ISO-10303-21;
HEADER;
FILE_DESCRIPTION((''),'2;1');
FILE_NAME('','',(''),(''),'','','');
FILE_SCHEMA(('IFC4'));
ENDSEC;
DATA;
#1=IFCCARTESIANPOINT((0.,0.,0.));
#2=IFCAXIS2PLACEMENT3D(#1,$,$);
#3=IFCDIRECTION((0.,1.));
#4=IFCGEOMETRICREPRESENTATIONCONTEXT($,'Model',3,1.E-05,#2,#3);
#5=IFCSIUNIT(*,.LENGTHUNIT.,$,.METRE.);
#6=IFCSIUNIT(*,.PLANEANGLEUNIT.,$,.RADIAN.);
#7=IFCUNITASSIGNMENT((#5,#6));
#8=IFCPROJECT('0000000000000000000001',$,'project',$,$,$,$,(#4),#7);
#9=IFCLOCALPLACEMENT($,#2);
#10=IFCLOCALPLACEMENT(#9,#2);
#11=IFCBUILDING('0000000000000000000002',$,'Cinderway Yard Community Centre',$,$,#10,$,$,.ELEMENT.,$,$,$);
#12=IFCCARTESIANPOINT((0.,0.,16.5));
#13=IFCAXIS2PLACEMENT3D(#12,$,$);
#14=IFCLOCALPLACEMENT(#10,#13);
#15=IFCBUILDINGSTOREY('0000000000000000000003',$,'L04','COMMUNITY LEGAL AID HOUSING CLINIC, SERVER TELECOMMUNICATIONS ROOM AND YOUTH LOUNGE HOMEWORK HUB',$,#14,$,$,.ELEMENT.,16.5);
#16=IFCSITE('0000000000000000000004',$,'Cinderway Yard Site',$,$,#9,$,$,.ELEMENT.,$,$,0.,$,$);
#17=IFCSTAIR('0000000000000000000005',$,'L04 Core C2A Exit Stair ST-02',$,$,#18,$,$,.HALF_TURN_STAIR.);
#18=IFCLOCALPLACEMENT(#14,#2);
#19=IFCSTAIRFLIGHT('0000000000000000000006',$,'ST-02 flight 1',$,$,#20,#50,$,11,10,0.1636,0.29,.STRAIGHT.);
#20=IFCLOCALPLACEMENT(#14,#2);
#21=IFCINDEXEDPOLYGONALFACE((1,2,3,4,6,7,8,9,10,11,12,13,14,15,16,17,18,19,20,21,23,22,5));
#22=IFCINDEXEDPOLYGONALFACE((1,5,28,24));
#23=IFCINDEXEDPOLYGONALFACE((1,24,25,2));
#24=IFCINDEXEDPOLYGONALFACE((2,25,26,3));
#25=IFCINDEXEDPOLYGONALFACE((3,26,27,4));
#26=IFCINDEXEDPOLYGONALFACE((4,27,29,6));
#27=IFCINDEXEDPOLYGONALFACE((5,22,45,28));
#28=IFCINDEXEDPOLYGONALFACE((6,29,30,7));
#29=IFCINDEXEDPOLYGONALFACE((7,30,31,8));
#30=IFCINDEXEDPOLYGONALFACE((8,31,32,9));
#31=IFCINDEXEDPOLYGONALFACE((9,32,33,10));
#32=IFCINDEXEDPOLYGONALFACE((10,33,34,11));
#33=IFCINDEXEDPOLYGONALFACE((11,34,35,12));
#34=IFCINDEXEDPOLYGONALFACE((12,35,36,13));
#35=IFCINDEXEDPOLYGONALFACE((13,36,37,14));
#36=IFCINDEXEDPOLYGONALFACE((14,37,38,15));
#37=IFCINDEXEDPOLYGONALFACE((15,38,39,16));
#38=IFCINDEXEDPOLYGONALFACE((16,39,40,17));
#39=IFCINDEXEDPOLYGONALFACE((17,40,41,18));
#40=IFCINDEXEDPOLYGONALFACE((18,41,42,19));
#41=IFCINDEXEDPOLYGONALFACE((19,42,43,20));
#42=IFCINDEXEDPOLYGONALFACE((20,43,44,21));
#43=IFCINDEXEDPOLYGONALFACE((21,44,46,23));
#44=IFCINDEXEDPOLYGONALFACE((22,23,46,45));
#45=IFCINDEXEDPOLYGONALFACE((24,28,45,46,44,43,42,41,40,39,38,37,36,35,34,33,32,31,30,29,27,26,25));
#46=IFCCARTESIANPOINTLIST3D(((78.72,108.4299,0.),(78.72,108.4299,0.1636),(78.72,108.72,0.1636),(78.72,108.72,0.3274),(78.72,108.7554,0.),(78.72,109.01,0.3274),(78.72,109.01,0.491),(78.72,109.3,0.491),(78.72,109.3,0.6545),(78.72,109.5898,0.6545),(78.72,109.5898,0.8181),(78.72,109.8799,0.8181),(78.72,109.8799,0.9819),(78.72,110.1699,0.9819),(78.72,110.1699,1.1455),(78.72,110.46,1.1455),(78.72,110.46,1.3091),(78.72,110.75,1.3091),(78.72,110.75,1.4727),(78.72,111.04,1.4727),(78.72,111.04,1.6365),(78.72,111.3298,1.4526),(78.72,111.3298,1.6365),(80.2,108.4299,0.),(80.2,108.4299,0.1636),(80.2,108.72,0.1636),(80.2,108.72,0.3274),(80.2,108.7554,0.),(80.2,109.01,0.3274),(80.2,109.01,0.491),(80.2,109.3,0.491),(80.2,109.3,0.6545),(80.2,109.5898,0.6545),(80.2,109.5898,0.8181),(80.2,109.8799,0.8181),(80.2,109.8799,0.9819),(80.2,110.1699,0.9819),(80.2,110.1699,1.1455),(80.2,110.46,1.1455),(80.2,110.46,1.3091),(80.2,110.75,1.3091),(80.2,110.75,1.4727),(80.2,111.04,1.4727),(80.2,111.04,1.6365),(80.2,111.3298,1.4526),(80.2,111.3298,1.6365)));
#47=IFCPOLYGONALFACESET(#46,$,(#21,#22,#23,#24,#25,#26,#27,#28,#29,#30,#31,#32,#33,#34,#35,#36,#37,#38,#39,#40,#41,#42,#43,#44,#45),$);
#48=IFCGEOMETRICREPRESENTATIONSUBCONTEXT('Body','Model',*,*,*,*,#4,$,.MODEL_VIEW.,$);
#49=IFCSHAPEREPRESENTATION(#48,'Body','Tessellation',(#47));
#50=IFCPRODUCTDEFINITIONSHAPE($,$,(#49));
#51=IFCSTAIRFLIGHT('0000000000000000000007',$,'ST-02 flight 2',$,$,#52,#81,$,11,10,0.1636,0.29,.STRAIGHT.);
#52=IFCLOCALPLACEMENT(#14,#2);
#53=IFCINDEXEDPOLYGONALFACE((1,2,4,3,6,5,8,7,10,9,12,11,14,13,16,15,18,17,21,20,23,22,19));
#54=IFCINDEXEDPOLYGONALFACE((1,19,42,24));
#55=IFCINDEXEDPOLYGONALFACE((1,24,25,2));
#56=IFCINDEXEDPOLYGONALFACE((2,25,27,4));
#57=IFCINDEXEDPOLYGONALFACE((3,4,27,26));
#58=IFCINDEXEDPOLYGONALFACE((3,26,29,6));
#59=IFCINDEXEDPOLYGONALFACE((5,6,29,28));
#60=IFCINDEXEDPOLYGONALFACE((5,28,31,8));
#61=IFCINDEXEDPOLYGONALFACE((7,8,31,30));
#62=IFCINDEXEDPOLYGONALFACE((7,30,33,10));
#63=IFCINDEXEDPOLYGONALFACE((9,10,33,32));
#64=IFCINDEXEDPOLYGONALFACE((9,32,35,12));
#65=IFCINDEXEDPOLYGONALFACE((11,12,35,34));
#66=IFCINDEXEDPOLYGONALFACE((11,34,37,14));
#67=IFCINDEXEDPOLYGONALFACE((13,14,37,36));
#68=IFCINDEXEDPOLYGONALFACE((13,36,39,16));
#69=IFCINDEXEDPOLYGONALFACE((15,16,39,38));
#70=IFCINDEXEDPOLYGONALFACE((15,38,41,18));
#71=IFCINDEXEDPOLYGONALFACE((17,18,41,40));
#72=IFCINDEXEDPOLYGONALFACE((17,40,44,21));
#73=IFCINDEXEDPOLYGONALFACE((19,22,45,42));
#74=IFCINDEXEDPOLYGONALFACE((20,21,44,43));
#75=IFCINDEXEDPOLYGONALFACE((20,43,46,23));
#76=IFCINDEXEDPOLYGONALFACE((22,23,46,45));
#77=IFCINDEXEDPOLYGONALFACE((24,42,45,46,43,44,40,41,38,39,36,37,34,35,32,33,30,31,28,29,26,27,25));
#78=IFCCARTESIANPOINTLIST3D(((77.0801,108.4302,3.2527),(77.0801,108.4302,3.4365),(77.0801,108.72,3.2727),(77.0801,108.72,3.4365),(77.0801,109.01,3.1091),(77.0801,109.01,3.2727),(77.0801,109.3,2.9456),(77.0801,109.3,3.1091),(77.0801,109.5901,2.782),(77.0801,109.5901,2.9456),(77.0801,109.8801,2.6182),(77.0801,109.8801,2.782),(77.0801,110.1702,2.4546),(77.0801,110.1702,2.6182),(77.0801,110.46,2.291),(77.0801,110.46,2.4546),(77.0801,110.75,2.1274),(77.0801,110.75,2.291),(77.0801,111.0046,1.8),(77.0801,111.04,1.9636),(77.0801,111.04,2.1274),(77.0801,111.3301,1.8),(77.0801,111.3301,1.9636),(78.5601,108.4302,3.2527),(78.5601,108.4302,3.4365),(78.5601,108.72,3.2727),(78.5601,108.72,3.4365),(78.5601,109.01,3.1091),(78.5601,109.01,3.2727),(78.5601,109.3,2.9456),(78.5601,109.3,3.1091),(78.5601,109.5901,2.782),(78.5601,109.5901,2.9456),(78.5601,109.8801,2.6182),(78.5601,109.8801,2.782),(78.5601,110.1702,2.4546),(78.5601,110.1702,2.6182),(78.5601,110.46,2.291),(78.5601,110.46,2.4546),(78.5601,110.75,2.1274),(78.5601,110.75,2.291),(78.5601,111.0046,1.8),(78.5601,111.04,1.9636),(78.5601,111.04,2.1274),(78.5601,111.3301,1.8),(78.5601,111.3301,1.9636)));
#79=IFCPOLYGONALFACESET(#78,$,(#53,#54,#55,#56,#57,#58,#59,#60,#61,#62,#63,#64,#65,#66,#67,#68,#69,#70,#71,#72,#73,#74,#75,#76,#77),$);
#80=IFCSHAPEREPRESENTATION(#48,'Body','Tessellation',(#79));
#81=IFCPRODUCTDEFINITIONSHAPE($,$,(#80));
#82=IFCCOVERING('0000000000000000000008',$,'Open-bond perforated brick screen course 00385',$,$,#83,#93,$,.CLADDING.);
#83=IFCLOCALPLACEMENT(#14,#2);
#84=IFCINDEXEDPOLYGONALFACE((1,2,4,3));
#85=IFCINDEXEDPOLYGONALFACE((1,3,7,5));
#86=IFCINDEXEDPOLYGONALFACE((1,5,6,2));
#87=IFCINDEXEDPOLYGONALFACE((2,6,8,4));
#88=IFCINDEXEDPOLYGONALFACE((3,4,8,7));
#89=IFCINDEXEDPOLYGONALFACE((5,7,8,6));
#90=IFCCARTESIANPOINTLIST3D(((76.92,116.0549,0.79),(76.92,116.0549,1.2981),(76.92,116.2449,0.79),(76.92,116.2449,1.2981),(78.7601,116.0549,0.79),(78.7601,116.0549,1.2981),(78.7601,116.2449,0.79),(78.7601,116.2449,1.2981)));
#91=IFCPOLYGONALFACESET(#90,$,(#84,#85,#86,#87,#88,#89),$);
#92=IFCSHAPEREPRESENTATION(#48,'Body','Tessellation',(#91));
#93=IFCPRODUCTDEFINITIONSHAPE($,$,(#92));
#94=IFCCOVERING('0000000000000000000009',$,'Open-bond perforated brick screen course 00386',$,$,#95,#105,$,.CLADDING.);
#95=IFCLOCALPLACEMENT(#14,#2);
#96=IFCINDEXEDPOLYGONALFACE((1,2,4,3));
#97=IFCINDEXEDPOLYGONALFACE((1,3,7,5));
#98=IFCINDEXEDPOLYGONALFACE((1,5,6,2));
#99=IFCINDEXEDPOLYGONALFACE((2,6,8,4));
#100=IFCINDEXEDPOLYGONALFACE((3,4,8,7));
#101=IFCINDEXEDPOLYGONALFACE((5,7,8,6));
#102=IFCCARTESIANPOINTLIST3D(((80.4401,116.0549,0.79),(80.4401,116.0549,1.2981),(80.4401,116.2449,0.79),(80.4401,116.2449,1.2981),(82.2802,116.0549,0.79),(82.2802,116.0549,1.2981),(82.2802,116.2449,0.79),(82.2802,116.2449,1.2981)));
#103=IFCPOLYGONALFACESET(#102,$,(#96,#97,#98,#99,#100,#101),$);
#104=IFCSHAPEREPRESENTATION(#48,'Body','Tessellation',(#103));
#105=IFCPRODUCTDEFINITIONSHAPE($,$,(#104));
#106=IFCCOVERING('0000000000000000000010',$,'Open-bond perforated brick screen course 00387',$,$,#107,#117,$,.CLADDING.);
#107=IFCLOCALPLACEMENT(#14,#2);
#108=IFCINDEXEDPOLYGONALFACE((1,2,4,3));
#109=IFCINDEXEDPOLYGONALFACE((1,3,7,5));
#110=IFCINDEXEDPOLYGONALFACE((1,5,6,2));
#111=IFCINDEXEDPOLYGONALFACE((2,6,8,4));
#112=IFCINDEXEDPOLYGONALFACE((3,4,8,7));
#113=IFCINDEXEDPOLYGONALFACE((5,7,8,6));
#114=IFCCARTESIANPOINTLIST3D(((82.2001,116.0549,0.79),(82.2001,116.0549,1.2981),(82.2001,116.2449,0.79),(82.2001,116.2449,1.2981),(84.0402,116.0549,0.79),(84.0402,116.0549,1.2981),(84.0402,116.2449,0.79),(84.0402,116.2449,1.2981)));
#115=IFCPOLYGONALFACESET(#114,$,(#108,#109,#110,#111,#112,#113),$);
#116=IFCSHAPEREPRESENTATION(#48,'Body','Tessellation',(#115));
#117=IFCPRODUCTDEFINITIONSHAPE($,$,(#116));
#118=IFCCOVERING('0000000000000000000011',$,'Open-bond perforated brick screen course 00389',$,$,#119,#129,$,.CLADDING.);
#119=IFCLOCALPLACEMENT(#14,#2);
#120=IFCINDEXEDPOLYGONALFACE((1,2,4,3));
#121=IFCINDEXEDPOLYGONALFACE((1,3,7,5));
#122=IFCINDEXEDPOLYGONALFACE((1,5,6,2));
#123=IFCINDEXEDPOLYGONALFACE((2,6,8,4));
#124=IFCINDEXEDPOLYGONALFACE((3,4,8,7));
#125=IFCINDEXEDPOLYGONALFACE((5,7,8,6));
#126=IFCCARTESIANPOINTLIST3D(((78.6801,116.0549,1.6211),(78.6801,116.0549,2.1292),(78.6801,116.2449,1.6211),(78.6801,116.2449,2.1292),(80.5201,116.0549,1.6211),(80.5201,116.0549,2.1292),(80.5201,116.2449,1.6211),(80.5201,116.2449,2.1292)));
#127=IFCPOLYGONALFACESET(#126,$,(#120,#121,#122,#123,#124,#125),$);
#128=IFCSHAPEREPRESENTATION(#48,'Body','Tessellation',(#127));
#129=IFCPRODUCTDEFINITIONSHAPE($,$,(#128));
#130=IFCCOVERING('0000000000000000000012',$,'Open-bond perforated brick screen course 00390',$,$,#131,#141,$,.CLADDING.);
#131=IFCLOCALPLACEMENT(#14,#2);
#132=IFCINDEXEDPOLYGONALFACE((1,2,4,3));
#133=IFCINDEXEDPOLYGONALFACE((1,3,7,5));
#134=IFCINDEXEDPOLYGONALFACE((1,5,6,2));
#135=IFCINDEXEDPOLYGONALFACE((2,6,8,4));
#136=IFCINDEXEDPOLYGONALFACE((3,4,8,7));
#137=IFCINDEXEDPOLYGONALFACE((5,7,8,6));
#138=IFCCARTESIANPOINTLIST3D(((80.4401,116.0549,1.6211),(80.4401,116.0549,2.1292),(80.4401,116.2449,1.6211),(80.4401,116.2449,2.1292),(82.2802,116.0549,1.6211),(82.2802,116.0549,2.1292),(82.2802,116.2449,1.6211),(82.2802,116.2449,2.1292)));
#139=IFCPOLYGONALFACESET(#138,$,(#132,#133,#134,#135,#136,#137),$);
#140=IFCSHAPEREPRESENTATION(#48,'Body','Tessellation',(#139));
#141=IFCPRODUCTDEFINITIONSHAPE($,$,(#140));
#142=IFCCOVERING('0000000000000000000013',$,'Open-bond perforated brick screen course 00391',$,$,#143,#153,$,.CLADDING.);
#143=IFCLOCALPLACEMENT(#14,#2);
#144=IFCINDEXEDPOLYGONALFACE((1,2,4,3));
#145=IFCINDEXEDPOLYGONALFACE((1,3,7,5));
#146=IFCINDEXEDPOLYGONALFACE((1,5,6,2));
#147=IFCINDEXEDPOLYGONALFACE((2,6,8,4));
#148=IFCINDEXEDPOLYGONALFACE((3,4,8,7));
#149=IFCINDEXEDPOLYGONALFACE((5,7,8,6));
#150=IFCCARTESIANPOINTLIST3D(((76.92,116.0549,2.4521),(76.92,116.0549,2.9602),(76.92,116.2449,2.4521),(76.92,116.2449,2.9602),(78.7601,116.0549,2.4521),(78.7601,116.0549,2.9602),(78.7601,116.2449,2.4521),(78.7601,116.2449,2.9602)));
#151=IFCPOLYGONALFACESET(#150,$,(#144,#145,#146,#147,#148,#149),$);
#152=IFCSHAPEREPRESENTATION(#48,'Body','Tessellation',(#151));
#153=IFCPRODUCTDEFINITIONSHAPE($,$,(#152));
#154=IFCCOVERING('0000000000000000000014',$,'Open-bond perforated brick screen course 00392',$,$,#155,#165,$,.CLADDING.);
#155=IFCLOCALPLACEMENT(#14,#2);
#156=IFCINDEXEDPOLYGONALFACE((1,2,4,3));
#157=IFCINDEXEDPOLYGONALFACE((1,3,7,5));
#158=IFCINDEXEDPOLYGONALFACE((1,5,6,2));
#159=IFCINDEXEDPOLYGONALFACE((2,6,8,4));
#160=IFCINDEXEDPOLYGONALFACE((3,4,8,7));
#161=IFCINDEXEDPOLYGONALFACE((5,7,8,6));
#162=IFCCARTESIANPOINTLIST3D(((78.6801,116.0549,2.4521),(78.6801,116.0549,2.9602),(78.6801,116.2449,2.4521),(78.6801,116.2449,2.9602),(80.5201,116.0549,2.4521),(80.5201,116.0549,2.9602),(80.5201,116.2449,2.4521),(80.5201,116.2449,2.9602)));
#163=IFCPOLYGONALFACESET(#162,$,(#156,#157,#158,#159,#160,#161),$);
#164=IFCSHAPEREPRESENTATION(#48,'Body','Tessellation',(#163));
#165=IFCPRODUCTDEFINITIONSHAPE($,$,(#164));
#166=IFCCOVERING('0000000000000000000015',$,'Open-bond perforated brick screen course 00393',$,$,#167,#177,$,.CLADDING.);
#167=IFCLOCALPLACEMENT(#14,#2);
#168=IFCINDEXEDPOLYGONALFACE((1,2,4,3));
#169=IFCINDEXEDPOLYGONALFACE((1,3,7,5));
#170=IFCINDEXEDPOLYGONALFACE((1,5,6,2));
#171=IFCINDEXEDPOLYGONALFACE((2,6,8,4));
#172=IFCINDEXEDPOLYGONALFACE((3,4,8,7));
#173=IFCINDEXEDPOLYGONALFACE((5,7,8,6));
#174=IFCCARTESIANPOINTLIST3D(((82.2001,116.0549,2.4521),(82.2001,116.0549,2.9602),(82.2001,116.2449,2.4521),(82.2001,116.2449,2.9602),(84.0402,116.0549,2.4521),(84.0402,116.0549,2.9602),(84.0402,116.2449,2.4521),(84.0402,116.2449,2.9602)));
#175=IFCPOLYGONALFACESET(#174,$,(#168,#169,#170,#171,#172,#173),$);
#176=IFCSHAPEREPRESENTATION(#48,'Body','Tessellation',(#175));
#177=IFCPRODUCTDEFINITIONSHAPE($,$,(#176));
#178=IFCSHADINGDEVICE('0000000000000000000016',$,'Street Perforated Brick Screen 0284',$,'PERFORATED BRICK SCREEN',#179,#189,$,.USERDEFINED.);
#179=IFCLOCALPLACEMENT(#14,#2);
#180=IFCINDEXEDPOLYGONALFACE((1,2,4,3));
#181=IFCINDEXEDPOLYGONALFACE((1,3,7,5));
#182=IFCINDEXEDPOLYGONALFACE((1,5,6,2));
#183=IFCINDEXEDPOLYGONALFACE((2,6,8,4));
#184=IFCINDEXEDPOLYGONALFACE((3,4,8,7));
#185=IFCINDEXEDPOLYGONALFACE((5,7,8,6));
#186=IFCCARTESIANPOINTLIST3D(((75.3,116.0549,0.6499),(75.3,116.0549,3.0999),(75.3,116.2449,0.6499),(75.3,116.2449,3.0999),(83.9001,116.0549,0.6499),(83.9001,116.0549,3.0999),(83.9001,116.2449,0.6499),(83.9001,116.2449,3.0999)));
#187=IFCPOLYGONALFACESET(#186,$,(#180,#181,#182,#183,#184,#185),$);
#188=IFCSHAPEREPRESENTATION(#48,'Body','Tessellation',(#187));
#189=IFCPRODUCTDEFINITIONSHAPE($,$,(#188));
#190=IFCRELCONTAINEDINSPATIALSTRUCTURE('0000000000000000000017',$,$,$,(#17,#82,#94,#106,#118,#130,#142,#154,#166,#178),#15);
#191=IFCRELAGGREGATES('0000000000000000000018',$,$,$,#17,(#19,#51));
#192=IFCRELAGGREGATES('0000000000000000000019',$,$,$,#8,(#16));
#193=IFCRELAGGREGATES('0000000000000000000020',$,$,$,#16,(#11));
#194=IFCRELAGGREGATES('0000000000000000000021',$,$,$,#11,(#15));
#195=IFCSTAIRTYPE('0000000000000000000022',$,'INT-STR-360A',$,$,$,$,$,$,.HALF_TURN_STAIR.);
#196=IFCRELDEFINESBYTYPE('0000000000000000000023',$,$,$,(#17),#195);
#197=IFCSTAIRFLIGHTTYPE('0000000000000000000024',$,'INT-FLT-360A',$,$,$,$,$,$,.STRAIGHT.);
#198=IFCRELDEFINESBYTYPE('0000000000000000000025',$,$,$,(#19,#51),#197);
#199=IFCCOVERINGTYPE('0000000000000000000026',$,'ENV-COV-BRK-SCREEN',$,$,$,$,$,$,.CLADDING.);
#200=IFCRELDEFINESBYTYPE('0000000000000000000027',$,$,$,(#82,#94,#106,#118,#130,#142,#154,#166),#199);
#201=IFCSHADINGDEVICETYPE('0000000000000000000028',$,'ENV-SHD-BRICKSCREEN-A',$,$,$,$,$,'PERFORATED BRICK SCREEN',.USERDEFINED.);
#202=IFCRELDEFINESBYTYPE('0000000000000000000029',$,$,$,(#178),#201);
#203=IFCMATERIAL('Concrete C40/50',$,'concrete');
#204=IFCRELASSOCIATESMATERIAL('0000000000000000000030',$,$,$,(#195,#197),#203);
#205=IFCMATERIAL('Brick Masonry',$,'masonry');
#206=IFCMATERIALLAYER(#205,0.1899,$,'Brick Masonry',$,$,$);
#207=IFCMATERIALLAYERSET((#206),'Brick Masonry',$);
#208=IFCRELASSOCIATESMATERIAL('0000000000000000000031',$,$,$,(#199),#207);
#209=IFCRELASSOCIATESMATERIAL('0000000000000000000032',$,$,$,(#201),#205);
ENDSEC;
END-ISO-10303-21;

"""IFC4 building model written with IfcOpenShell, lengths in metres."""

from ifc_helpers import new_model, si_unit, direction, frame, origin, origin_2d, place, context, subcontext, project, spatial, polyline, rectangle, outline, extrude, material, layer, layer_set, type_object, element, aggregate, save


model = new_model("IFC4")

# Units and contexts
model_context = context("Model", 3, precision=1e-05, world=origin(), true_north=direction((0.0, 1.0)))
body_context = subcontext(model_context, "Body", "Model", "MODEL_VIEW")
ifc_project = project(units=[si_unit("LENGTHUNIT", "METRE"), si_unit("PLANEANGLEUNIT", "RADIAN")], contexts=[model_context])

# Site, building, storey
site_placement = place(None, origin())
site = spatial("IfcSite", under=ifc_project, at=site_placement, Name="Cinderway Yard Site", CompositionType="ELEMENT", RefElevation=0.0)
building_placement = place(site_placement, origin())
building = spatial("IfcBuilding", under=site, at=building_placement, Name="Cinderway Yard Community Centre", CompositionType="ELEMENT")
storey_placement = place(building_placement, frame((0.0, 0.0, 16.5)))
storey = spatial("IfcBuildingStorey", under=building, at=storey_placement, Name="L04", Description="COMMUNITY LEGAL AID HOUSING CLINIC, SERVER TELECOMMUNICATIONS ROOM AND YOUTH LOUNGE HOMEWORK HUB", CompositionType="ELEMENT", Elevation=16.5)

# Shared definitions
ifc_material_1 = material(Name="Concrete C40/50", Category="concrete")

# Stair, stair flights
stair_type = type_object("IfcStairType", Name="INT-STR-360A", PredefinedType="HALF_TURN_STAIR", material=ifc_material_1)
stair_placement = place(storey_placement, origin())
stair = element("IfcStair", 1, at=stair_placement, inside=storey, type_object=stair_type, Name="L04 Core C2A Exit Stair ST-02", PredefinedType="HALF_TURN_STAIR")
stair_flight_type = type_object("IfcStairFlightType", Name="INT-FLT-360A", PredefinedType="STRAIGHT", material=ifc_material_1)
stair_flight_1_placement = place(storey_placement, frame((79.46, 108.4299, 0.0), z_axis=(0.0, 0.0, 1.0), x_axis=(0.0, 1.0, 0.0)))
stair_flight_1 = element("IfcStairFlight", 2, at=stair_flight_1_placement, type_object=stair_flight_type, Name="ST-02 flight 1", NumberOfRisers=11, NumberOfTreads=10, PredefinedType="STRAIGHT", RiserHeight=0.1636, TreadLength=0.29, context=body_context, shape_type="SweptSolid", body=[
    extrude(outline(polyline([(0.0, 0.0), (0.0, 0.1636), (0.29, 0.1636), (0.29, 0.3274), (0.5801, 0.3274), (0.5801, 0.491), (0.8701, 0.491), (0.8701, 0.6545), (1.1599, 0.6545), (1.1599, 0.8181), (1.45, 0.8181), (1.45, 0.9819), (1.74, 0.9819), (1.74, 1.1455), (2.03, 1.1455), (2.03, 1.3091), (2.3201, 1.3091), (2.3201, 1.4727), (2.6101, 1.4727), (2.6101, 1.6365), (2.8999, 1.6365), (2.8999, 1.8), (2.8999, 1.4526), (0.3254, 0.0), (0.0, 0.0)])), frame((0.0, 0.74, 0.0), z_axis=(0.0, -1.0, 0.0), x_axis=(1.0, 0.0, 0.0)), (0.0, 0.0, 1.0), 1.48),
])
stair_flight_2_placement = place(storey_placement, frame((77.8201, 111.3301, 1.8), z_axis=(0.0, 0.0, 1.0), x_axis=(0.0, -1.0, 0.0)))
stair_flight_2 = element("IfcStairFlight", 3, at=stair_flight_2_placement, type_object=stair_flight_type, Name="ST-02 flight 2", NumberOfRisers=11, NumberOfTreads=10, PredefinedType="STRAIGHT", RiserHeight=0.1636, TreadLength=0.29, context=body_context, shape_type="SweptSolid", body=[
    extrude(outline(polyline([(0.0, 0.0), (0.0, 0.1636), (0.29, 0.1636), (0.29, 0.3274), (0.5801, 0.3274), (0.5801, 0.491), (0.8701, 0.491), (0.8701, 0.6545), (1.1599, 0.6545), (1.1599, 0.8181), (1.45, 0.8181), (1.45, 0.9819), (1.74, 0.9819), (1.74, 1.1455), (2.03, 1.1455), (2.03, 1.3091), (2.3201, 1.3091), (2.3201, 1.4727), (2.6101, 1.4727), (2.6101, 1.6365), (2.8999, 1.6365), (2.8999, 1.8), (2.8999, 1.4526), (0.3254, 0.0), (0.0, 0.0)])), frame((0.0, 0.74, 0.0), z_axis=(0.0, -1.0, 0.0), x_axis=(1.0, 0.0, 0.0)), (0.0, 0.0, 1.0), 1.48),
])
aggregate(stair, [stair_flight_1, stair_flight_2])

# Coverings
ifc_material_2 = material(Name="Brick Masonry", Category="masonry")
ifc_layer_1 = layer(ifc_material_2, 0.1899, Name="Brick Masonry")
ifc_layer_set_1 = layer_set([ifc_layer_1], Name="Brick Masonry")
covering_type = type_object("IfcCoveringType", Name="ENV-COV-BRK-SCREEN", PredefinedType="CLADDING", material=ifc_layer_set_1)
for number, where, z_axis, x_axis, name in (
    (4, (77.8401, 116.1499, 0.79), (0.0, 0.0, 1.0), (1.0, 0.0, 0.0), "Open-bond perforated brick screen course 00385"),
    (5, (81.3601, 116.1499, 0.79), (0.0, 0.0, 1.0), (1.0, 0.0, 0.0), "Open-bond perforated brick screen course 00386"),
    (6, (83.1201, 116.1499, 0.79), (0.0, 0.0, 1.0), (1.0, 0.0, 0.0), "Open-bond perforated brick screen course 00387"),
    (7, (79.6001, 116.1499, 1.6211), (0.0, 0.0, 1.0), (1.0, 0.0, 0.0), "Open-bond perforated brick screen course 00389"),
    (8, (81.3601, 116.1499, 1.6211), (0.0, 0.0, 1.0), (1.0, 0.0, 0.0), "Open-bond perforated brick screen course 00390"),
    (9, (77.8401, 116.1499, 2.4521), (0.0, 0.0, 1.0), (1.0, 0.0, 0.0), "Open-bond perforated brick screen course 00391"),
    (10, (79.6001, 116.1499, 2.4521), (0.0, 0.0, 1.0), (1.0, 0.0, 0.0), "Open-bond perforated brick screen course 00392"),
    (11, (83.1201, 116.1499, 2.4521), (0.0, 0.0, 1.0), (1.0, 0.0, 0.0), "Open-bond perforated brick screen course 00393"),
):
    element("IfcCovering", number, at=place(storey_placement, frame(where, z_axis=z_axis, x_axis=x_axis)), inside=storey, type_object=covering_type, Name=name, PredefinedType="CLADDING", context=body_context, shape_type="SweptSolid", body=[
        extrude(rectangle(XDim=1.8401, YDim=0.1899, at=origin_2d()), origin(), (0.0, 0.0, 1.0), 0.5081),
    ])

# Shading device
shading_device_type = type_object("IfcShadingDeviceType", Name="ENV-SHD-BRICKSCREEN-A", ElementType="PERFORATED BRICK SCREEN", PredefinedType="USERDEFINED", material=ifc_material_2)
shading_device_placement = place(storey_placement, frame((79.6001, 116.1499, 0.6499), z_axis=(0.0, 0.0, 1.0), x_axis=(1.0, 0.0, 0.0)))
element("IfcShadingDevice", 12, at=shading_device_placement, inside=storey, type_object=shading_device_type, Name="Street Perforated Brick Screen 0284", ObjectType="PERFORATED BRICK SCREEN", PredefinedType="USERDEFINED", context=body_context, shape_type="SweptSolid", body=[
    extrude(rectangle(XDim=8.6001, YDim=0.1899, at=origin_2d()), origin(), (0.0, 0.0, 1.0), 2.45),
])

save(model, "model.ifc")
